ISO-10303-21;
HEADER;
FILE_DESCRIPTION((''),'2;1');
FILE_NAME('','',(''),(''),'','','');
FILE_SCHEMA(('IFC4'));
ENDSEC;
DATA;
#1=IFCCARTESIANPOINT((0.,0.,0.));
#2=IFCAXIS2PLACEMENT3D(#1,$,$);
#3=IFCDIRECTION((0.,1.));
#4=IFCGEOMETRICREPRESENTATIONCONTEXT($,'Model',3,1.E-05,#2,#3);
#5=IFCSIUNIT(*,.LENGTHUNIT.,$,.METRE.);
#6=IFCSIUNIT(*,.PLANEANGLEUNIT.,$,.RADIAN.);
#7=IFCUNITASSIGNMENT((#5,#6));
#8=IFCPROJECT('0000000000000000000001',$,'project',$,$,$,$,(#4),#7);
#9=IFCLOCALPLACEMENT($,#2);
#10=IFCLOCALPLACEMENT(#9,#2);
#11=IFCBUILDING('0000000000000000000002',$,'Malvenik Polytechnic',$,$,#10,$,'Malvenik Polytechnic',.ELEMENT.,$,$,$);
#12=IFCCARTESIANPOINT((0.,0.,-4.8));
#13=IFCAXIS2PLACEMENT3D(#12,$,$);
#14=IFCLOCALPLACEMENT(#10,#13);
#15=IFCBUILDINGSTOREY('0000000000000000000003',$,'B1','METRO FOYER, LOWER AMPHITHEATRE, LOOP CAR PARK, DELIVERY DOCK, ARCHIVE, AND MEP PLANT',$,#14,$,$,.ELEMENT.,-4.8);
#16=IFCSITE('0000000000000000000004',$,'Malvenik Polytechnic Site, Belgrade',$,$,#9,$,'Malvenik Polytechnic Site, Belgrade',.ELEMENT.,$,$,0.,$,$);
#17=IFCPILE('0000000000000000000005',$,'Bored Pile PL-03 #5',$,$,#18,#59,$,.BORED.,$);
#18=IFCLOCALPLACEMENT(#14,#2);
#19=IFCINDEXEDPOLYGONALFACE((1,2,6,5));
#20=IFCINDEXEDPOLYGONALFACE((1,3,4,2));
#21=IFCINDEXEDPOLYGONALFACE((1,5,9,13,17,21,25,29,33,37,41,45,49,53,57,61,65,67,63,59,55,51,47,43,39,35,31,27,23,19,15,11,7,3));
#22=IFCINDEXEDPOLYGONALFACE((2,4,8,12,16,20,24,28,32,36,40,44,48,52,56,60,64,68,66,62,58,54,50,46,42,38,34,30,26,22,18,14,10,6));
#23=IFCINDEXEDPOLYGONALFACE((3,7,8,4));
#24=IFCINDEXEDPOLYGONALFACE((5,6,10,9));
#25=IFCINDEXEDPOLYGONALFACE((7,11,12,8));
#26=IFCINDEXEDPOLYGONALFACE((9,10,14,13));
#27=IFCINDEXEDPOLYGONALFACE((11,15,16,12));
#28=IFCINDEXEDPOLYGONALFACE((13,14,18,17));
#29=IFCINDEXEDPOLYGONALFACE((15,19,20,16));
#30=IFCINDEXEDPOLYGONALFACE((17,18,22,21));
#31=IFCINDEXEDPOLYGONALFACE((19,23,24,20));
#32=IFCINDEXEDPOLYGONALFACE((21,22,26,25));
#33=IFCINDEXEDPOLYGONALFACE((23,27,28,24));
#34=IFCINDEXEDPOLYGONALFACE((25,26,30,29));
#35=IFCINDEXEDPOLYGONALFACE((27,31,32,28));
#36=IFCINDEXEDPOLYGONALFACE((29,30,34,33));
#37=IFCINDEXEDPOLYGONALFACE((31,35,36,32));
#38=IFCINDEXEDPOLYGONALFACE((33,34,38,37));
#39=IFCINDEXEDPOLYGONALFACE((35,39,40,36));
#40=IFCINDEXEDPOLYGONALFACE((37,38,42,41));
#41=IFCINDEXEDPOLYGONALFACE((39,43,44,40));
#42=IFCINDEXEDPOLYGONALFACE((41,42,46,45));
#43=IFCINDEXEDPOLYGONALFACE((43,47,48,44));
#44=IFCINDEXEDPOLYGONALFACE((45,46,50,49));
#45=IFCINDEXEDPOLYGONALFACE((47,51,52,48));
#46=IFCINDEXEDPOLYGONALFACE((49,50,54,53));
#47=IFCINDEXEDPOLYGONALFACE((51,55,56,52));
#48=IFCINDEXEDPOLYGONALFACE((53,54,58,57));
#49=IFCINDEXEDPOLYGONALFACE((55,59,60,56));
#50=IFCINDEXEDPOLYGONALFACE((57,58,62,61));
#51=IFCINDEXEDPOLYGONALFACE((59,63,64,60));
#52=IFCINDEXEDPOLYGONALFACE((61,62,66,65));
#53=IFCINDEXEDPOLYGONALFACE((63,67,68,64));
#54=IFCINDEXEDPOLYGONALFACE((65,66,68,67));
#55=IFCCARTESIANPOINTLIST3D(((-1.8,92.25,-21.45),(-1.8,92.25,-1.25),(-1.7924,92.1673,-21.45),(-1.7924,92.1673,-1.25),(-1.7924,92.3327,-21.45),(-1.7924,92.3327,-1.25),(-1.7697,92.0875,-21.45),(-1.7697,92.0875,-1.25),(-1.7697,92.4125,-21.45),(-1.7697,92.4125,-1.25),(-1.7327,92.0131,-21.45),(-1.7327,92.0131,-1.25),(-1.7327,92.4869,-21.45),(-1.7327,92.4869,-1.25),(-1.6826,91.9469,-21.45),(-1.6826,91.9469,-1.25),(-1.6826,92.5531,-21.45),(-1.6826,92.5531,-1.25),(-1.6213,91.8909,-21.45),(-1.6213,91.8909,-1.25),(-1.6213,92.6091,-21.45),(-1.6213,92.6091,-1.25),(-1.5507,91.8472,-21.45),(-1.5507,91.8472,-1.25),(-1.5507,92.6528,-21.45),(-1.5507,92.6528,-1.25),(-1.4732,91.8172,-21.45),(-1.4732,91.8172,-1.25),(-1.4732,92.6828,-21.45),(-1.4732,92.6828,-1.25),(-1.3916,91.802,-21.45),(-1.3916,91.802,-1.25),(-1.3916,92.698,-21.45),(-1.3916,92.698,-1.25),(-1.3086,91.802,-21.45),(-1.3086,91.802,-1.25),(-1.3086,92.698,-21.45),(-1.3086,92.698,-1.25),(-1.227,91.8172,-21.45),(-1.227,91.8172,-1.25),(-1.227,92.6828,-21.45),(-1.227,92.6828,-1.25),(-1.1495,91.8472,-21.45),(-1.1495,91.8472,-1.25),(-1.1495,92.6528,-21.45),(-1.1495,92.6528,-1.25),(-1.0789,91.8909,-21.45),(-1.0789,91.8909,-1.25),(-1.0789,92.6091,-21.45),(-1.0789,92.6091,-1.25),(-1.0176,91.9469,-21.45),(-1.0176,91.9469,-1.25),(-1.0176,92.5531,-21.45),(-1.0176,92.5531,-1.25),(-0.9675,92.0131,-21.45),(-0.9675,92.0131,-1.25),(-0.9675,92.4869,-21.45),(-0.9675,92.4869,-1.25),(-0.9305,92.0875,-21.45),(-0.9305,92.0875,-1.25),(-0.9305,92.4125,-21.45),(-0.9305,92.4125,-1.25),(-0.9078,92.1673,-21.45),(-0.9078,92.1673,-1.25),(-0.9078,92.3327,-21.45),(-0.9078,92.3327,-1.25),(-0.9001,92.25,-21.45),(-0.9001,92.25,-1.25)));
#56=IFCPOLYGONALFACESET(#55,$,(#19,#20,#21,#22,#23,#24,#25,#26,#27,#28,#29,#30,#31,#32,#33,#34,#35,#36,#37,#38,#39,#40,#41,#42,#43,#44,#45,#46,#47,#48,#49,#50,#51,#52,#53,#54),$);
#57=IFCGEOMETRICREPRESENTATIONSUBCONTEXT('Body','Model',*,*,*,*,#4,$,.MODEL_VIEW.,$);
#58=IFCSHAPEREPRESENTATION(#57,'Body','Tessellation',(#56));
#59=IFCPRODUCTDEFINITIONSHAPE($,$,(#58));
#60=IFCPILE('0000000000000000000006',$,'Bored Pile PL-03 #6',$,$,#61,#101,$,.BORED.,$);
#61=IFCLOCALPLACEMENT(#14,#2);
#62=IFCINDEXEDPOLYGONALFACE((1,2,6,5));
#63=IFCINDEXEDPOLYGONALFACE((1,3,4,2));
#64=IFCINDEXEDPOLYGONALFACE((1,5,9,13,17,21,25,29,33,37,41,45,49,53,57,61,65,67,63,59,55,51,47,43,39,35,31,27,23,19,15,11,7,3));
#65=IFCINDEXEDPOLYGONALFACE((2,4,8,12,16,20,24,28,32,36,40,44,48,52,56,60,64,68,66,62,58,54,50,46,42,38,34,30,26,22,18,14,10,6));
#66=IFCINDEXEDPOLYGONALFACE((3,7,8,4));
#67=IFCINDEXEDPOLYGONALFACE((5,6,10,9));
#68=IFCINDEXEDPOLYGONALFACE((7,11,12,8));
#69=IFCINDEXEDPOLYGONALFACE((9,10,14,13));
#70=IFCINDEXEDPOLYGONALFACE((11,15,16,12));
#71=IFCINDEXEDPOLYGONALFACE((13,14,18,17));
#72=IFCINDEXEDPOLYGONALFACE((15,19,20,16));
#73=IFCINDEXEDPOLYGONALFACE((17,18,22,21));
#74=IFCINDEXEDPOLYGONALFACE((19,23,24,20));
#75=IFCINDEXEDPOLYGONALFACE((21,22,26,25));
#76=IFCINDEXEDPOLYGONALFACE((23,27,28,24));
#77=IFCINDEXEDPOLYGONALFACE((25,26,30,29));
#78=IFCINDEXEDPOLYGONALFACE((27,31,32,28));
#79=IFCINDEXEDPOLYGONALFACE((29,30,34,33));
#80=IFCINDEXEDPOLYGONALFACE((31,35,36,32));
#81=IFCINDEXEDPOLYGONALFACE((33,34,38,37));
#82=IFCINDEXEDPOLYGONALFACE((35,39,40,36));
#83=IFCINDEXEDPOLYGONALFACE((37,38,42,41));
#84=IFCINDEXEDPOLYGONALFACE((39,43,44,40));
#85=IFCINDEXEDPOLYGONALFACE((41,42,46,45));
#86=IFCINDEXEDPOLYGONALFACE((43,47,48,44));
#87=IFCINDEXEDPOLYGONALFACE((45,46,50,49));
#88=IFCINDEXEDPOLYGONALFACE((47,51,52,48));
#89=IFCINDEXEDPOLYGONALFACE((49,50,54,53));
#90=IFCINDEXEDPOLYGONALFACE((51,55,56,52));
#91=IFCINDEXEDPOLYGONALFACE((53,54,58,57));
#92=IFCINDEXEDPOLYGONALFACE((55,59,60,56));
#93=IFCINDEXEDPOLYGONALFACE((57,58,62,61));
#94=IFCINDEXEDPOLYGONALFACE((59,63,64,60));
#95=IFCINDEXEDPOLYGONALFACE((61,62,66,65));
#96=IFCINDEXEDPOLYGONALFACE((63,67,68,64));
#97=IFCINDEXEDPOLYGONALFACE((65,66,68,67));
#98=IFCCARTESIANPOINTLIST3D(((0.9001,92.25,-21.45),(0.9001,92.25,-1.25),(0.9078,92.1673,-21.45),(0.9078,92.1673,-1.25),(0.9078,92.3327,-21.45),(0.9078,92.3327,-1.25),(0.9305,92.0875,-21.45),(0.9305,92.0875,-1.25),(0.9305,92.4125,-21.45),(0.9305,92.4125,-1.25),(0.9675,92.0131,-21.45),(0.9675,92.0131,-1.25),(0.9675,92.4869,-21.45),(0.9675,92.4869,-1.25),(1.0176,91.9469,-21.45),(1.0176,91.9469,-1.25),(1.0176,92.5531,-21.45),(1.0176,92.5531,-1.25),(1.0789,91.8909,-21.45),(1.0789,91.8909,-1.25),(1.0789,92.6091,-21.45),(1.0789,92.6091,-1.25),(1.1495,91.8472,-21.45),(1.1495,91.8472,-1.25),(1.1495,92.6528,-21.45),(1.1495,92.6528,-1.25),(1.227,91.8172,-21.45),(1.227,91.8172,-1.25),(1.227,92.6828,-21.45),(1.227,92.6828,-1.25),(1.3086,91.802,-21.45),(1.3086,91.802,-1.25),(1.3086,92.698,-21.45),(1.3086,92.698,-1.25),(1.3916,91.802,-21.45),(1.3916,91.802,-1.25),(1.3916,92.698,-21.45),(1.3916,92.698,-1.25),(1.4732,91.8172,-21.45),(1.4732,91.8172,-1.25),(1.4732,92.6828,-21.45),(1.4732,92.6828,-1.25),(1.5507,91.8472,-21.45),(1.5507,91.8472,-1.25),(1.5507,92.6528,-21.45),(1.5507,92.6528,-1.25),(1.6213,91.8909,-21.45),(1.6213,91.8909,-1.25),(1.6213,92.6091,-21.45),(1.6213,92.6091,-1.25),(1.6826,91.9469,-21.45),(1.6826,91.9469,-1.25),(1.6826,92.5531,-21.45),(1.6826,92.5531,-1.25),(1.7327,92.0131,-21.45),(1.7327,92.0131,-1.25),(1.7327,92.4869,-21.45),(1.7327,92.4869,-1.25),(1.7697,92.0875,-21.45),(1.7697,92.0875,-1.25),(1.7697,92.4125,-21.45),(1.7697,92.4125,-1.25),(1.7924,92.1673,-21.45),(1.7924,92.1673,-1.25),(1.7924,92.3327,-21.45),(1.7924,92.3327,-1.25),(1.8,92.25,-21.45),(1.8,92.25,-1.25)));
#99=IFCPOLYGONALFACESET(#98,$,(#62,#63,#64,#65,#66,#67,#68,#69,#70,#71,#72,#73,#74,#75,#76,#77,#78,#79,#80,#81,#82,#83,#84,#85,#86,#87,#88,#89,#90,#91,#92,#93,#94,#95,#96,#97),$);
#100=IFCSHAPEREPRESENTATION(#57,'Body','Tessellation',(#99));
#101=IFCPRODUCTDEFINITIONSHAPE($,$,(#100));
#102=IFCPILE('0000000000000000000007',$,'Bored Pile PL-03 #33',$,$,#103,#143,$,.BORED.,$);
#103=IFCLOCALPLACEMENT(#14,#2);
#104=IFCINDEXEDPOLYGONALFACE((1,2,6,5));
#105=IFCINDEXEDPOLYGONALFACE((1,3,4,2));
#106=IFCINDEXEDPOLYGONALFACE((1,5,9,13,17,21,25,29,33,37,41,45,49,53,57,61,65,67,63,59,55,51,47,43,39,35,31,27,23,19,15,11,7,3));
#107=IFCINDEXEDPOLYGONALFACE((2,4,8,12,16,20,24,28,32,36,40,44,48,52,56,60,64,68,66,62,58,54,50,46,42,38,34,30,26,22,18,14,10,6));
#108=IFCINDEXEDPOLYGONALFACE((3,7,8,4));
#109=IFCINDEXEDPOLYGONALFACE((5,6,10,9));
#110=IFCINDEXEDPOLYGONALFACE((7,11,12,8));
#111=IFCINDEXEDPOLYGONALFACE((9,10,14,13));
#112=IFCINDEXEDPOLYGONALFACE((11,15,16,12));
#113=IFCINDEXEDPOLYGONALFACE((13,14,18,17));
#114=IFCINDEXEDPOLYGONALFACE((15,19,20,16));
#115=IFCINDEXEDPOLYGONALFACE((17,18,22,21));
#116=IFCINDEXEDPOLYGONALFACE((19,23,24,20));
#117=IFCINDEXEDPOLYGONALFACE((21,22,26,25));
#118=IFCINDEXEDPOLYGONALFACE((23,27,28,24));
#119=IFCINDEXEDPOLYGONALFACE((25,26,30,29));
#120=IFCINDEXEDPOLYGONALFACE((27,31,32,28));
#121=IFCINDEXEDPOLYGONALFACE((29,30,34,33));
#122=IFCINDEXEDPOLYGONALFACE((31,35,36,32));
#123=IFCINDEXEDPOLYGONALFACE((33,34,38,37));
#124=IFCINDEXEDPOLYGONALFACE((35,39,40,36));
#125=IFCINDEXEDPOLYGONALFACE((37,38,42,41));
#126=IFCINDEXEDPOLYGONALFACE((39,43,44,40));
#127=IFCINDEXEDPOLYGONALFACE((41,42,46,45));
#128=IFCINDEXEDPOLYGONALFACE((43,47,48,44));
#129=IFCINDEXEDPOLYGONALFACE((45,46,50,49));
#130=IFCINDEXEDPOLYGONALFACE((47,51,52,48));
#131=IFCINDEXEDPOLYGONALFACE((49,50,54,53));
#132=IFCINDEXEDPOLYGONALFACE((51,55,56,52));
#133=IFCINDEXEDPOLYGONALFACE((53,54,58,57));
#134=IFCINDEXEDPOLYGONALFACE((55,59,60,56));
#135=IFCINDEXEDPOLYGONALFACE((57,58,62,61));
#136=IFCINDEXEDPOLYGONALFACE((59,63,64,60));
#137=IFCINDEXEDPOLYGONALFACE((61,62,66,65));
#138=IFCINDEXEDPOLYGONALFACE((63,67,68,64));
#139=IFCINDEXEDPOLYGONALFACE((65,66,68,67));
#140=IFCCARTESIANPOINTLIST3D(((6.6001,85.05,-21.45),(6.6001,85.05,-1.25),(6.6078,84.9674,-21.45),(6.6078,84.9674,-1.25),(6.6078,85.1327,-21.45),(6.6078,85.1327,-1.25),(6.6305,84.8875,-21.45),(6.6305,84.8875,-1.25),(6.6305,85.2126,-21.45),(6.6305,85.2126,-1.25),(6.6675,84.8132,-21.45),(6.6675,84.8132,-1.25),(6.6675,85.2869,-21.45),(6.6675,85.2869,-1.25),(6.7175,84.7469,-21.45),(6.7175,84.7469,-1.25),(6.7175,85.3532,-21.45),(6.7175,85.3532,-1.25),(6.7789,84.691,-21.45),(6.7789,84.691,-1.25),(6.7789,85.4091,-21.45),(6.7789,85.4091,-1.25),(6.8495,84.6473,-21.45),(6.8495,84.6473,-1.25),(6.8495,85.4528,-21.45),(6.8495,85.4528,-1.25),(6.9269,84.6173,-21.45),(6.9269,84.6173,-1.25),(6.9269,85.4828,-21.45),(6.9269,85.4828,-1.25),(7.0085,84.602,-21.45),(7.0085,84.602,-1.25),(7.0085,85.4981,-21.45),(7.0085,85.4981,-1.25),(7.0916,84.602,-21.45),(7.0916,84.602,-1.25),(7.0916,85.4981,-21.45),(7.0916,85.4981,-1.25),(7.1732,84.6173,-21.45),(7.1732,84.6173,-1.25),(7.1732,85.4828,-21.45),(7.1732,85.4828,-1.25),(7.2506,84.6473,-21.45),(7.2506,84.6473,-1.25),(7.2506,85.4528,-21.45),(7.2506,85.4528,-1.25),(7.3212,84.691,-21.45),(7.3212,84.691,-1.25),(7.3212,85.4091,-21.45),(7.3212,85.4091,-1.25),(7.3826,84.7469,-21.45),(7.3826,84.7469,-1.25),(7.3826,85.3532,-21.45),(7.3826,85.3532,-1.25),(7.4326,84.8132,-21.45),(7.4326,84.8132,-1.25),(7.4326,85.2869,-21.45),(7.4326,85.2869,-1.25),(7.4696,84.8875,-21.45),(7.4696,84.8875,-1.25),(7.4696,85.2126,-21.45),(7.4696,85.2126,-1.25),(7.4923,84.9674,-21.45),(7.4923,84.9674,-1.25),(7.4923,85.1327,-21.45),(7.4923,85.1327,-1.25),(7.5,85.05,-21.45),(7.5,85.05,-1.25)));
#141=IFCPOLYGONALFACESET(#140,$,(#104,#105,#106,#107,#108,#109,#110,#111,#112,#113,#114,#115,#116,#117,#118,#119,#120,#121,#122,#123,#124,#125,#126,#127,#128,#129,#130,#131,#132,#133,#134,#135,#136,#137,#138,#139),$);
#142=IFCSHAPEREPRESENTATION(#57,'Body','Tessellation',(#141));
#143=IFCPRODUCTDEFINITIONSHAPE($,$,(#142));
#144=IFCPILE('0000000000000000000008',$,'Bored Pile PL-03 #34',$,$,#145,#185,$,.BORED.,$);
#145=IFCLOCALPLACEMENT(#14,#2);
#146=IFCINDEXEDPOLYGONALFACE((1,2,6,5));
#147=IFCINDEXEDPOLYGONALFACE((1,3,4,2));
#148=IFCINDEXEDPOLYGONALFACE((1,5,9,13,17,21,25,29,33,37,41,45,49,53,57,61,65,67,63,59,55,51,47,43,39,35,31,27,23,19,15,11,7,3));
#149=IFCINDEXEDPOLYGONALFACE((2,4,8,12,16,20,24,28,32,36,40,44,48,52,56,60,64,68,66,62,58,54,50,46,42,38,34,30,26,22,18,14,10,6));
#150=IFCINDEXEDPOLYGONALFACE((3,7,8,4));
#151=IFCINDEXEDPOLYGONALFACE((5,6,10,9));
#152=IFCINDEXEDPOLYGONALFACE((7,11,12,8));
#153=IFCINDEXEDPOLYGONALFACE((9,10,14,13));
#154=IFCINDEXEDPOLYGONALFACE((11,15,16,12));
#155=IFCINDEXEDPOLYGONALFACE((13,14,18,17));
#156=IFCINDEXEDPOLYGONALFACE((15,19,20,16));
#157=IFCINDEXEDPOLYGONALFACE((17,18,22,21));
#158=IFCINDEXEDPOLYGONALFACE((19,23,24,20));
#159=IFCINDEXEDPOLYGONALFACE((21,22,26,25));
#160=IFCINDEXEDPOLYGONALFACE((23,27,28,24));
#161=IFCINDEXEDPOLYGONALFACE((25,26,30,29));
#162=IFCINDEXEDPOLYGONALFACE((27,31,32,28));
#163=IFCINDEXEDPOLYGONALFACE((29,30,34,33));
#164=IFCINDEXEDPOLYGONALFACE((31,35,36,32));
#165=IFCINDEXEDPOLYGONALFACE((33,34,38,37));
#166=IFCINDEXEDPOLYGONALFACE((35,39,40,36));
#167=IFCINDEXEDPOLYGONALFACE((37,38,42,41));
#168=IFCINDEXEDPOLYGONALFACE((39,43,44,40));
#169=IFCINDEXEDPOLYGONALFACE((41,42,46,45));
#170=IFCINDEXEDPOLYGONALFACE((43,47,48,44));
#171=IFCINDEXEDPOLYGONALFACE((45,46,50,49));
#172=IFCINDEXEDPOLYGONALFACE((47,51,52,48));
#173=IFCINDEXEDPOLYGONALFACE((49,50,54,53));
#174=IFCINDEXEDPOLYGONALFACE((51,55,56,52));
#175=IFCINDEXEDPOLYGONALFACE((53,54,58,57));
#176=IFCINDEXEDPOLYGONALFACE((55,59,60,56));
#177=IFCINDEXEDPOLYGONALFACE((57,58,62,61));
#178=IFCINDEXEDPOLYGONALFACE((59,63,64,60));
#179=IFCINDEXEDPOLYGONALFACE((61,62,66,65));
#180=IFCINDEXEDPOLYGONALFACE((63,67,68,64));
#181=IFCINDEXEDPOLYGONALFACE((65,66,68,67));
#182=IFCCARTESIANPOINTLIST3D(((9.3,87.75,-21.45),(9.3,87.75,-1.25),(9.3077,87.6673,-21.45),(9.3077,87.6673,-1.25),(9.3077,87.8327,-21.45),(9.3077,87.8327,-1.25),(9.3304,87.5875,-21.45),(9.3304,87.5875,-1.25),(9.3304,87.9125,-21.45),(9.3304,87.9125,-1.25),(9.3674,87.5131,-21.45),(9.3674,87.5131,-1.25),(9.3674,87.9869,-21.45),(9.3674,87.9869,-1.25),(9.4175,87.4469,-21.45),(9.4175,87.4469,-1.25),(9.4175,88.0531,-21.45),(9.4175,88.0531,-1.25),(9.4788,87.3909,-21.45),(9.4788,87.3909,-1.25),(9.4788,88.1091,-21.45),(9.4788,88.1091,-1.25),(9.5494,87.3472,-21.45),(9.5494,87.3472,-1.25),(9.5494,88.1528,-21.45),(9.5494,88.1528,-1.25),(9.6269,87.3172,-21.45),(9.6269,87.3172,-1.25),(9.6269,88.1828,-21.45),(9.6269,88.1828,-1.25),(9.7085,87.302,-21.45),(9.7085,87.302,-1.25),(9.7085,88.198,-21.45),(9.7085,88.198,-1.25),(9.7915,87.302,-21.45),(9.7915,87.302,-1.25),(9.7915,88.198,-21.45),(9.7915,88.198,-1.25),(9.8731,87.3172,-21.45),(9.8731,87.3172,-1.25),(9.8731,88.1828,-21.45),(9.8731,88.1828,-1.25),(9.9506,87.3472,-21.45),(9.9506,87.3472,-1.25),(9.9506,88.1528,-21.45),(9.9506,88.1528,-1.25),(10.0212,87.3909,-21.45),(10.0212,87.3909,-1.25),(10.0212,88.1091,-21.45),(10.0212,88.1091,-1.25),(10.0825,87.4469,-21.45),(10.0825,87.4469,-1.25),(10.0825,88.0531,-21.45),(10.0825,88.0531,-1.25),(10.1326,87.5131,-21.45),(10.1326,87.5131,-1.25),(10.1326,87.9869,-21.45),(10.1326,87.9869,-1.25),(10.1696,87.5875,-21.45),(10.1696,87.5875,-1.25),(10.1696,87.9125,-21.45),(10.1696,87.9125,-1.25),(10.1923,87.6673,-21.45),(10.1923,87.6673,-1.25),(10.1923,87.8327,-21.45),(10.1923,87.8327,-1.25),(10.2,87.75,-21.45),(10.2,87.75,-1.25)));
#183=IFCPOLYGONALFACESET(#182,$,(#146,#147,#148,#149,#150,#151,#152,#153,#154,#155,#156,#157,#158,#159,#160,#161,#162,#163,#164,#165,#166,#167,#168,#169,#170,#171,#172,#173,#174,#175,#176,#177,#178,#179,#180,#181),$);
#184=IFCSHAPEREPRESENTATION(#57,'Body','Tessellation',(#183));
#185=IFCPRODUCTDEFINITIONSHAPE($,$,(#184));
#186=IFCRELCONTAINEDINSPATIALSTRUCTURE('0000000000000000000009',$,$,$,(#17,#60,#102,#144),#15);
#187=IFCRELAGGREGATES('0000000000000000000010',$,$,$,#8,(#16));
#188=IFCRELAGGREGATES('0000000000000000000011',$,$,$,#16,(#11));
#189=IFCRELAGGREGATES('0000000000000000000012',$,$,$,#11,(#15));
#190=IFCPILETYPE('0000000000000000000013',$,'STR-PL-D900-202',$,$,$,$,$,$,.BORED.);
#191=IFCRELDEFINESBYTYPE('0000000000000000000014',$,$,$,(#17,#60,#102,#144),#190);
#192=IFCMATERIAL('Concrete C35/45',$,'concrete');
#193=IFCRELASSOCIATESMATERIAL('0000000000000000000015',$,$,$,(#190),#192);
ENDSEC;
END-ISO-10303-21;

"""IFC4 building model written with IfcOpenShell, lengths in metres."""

from ifc_helpers import new_model, si_unit, direction, frame, origin, origin_2d, place, context, subcontext, project, spatial, circle, extrude, material, material_profile, profile_set, type_object, element, save


model = new_model("IFC4")

# Units and contexts
model_context = context("Model", 3, precision=1e-05, world=origin(), true_north=direction((0.0, 1.0)))
body_context = subcontext(model_context, "Body", "Model", "MODEL_VIEW")
ifc_project = project(units=[si_unit("LENGTHUNIT", "METRE"), si_unit("PLANEANGLEUNIT", "RADIAN")], contexts=[model_context])

# Site, building, storey
site_placement = place(None, origin())
site = spatial("IfcSite", under=ifc_project, at=site_placement, Name="Malvenik Polytechnic Site, Belgrade", LongName="Malvenik Polytechnic Site, Belgrade", CompositionType="ELEMENT", RefElevation=0.0)
building_placement = place(site_placement, origin())
building = spatial("IfcBuilding", under=site, at=building_placement, Name="Malvenik Polytechnic", LongName="Malvenik Polytechnic", CompositionType="ELEMENT")
storey_placement = place(building_placement, frame((0.0, 0.0, -4.8)))
storey = spatial("IfcBuildingStorey", under=building, at=storey_placement, Name="B1", Description="METRO FOYER, LOWER AMPHITHEATRE, LOOP CAR PARK, DELIVERY DOCK, ARCHIVE, AND MEP PLANT", CompositionType="ELEMENT", Elevation=-4.8)

# Shared definitions
ifc_material_1 = material(Name="Concrete C35/45", Category="concrete")

# Piles
ifc_material_profile_1 = material_profile(ifc_material_1, circle(Radius=0.45, at=origin_2d()), Name="BORED PILE D900")
ifc_profile_set_1 = profile_set([ifc_material_profile_1], Name="Concrete C35/45")
pile_type_1 = type_object("IfcPileType", Name="STR-PL-D900-202", PredefinedType="BORED", material=ifc_profile_set_1)
for number, where, z_axis, x_axis, name in (
    (1, (-1.3501, 92.25, -1.25), (0.0, 0.0, -1.0), (1.0, 0.0, 0.0), "Bored Pile PL-03 #5"),
    (2, (1.3501, 92.25, -1.25), (0.0, 0.0, -1.0), (1.0, 0.0, 0.0), "Bored Pile PL-03 #6"),
    (3, (7.05, 85.05, -1.25), (0.0, 0.0, -1.0), (1.0, 0.0, 0.0), "Bored Pile PL-03 #33"),
    (4, (9.75, 87.75, -1.25), (0.0, 0.0, -1.0), (1.0, 0.0, 0.0), "Bored Pile PL-03 #34"),
):
    element("IfcPile", number, at=place(storey_placement, frame(where, z_axis=z_axis, x_axis=x_axis)), inside=storey, type_object=pile_type_1, Name=name, PredefinedType="BORED", context=body_context, shape_type="SweptSolid", body=[
        extrude(circle(Radius=0.45, at=origin_2d()), origin(), (0.0, 0.0, 1.0), 20.2),
    ])

save(model, "model.ifc")
